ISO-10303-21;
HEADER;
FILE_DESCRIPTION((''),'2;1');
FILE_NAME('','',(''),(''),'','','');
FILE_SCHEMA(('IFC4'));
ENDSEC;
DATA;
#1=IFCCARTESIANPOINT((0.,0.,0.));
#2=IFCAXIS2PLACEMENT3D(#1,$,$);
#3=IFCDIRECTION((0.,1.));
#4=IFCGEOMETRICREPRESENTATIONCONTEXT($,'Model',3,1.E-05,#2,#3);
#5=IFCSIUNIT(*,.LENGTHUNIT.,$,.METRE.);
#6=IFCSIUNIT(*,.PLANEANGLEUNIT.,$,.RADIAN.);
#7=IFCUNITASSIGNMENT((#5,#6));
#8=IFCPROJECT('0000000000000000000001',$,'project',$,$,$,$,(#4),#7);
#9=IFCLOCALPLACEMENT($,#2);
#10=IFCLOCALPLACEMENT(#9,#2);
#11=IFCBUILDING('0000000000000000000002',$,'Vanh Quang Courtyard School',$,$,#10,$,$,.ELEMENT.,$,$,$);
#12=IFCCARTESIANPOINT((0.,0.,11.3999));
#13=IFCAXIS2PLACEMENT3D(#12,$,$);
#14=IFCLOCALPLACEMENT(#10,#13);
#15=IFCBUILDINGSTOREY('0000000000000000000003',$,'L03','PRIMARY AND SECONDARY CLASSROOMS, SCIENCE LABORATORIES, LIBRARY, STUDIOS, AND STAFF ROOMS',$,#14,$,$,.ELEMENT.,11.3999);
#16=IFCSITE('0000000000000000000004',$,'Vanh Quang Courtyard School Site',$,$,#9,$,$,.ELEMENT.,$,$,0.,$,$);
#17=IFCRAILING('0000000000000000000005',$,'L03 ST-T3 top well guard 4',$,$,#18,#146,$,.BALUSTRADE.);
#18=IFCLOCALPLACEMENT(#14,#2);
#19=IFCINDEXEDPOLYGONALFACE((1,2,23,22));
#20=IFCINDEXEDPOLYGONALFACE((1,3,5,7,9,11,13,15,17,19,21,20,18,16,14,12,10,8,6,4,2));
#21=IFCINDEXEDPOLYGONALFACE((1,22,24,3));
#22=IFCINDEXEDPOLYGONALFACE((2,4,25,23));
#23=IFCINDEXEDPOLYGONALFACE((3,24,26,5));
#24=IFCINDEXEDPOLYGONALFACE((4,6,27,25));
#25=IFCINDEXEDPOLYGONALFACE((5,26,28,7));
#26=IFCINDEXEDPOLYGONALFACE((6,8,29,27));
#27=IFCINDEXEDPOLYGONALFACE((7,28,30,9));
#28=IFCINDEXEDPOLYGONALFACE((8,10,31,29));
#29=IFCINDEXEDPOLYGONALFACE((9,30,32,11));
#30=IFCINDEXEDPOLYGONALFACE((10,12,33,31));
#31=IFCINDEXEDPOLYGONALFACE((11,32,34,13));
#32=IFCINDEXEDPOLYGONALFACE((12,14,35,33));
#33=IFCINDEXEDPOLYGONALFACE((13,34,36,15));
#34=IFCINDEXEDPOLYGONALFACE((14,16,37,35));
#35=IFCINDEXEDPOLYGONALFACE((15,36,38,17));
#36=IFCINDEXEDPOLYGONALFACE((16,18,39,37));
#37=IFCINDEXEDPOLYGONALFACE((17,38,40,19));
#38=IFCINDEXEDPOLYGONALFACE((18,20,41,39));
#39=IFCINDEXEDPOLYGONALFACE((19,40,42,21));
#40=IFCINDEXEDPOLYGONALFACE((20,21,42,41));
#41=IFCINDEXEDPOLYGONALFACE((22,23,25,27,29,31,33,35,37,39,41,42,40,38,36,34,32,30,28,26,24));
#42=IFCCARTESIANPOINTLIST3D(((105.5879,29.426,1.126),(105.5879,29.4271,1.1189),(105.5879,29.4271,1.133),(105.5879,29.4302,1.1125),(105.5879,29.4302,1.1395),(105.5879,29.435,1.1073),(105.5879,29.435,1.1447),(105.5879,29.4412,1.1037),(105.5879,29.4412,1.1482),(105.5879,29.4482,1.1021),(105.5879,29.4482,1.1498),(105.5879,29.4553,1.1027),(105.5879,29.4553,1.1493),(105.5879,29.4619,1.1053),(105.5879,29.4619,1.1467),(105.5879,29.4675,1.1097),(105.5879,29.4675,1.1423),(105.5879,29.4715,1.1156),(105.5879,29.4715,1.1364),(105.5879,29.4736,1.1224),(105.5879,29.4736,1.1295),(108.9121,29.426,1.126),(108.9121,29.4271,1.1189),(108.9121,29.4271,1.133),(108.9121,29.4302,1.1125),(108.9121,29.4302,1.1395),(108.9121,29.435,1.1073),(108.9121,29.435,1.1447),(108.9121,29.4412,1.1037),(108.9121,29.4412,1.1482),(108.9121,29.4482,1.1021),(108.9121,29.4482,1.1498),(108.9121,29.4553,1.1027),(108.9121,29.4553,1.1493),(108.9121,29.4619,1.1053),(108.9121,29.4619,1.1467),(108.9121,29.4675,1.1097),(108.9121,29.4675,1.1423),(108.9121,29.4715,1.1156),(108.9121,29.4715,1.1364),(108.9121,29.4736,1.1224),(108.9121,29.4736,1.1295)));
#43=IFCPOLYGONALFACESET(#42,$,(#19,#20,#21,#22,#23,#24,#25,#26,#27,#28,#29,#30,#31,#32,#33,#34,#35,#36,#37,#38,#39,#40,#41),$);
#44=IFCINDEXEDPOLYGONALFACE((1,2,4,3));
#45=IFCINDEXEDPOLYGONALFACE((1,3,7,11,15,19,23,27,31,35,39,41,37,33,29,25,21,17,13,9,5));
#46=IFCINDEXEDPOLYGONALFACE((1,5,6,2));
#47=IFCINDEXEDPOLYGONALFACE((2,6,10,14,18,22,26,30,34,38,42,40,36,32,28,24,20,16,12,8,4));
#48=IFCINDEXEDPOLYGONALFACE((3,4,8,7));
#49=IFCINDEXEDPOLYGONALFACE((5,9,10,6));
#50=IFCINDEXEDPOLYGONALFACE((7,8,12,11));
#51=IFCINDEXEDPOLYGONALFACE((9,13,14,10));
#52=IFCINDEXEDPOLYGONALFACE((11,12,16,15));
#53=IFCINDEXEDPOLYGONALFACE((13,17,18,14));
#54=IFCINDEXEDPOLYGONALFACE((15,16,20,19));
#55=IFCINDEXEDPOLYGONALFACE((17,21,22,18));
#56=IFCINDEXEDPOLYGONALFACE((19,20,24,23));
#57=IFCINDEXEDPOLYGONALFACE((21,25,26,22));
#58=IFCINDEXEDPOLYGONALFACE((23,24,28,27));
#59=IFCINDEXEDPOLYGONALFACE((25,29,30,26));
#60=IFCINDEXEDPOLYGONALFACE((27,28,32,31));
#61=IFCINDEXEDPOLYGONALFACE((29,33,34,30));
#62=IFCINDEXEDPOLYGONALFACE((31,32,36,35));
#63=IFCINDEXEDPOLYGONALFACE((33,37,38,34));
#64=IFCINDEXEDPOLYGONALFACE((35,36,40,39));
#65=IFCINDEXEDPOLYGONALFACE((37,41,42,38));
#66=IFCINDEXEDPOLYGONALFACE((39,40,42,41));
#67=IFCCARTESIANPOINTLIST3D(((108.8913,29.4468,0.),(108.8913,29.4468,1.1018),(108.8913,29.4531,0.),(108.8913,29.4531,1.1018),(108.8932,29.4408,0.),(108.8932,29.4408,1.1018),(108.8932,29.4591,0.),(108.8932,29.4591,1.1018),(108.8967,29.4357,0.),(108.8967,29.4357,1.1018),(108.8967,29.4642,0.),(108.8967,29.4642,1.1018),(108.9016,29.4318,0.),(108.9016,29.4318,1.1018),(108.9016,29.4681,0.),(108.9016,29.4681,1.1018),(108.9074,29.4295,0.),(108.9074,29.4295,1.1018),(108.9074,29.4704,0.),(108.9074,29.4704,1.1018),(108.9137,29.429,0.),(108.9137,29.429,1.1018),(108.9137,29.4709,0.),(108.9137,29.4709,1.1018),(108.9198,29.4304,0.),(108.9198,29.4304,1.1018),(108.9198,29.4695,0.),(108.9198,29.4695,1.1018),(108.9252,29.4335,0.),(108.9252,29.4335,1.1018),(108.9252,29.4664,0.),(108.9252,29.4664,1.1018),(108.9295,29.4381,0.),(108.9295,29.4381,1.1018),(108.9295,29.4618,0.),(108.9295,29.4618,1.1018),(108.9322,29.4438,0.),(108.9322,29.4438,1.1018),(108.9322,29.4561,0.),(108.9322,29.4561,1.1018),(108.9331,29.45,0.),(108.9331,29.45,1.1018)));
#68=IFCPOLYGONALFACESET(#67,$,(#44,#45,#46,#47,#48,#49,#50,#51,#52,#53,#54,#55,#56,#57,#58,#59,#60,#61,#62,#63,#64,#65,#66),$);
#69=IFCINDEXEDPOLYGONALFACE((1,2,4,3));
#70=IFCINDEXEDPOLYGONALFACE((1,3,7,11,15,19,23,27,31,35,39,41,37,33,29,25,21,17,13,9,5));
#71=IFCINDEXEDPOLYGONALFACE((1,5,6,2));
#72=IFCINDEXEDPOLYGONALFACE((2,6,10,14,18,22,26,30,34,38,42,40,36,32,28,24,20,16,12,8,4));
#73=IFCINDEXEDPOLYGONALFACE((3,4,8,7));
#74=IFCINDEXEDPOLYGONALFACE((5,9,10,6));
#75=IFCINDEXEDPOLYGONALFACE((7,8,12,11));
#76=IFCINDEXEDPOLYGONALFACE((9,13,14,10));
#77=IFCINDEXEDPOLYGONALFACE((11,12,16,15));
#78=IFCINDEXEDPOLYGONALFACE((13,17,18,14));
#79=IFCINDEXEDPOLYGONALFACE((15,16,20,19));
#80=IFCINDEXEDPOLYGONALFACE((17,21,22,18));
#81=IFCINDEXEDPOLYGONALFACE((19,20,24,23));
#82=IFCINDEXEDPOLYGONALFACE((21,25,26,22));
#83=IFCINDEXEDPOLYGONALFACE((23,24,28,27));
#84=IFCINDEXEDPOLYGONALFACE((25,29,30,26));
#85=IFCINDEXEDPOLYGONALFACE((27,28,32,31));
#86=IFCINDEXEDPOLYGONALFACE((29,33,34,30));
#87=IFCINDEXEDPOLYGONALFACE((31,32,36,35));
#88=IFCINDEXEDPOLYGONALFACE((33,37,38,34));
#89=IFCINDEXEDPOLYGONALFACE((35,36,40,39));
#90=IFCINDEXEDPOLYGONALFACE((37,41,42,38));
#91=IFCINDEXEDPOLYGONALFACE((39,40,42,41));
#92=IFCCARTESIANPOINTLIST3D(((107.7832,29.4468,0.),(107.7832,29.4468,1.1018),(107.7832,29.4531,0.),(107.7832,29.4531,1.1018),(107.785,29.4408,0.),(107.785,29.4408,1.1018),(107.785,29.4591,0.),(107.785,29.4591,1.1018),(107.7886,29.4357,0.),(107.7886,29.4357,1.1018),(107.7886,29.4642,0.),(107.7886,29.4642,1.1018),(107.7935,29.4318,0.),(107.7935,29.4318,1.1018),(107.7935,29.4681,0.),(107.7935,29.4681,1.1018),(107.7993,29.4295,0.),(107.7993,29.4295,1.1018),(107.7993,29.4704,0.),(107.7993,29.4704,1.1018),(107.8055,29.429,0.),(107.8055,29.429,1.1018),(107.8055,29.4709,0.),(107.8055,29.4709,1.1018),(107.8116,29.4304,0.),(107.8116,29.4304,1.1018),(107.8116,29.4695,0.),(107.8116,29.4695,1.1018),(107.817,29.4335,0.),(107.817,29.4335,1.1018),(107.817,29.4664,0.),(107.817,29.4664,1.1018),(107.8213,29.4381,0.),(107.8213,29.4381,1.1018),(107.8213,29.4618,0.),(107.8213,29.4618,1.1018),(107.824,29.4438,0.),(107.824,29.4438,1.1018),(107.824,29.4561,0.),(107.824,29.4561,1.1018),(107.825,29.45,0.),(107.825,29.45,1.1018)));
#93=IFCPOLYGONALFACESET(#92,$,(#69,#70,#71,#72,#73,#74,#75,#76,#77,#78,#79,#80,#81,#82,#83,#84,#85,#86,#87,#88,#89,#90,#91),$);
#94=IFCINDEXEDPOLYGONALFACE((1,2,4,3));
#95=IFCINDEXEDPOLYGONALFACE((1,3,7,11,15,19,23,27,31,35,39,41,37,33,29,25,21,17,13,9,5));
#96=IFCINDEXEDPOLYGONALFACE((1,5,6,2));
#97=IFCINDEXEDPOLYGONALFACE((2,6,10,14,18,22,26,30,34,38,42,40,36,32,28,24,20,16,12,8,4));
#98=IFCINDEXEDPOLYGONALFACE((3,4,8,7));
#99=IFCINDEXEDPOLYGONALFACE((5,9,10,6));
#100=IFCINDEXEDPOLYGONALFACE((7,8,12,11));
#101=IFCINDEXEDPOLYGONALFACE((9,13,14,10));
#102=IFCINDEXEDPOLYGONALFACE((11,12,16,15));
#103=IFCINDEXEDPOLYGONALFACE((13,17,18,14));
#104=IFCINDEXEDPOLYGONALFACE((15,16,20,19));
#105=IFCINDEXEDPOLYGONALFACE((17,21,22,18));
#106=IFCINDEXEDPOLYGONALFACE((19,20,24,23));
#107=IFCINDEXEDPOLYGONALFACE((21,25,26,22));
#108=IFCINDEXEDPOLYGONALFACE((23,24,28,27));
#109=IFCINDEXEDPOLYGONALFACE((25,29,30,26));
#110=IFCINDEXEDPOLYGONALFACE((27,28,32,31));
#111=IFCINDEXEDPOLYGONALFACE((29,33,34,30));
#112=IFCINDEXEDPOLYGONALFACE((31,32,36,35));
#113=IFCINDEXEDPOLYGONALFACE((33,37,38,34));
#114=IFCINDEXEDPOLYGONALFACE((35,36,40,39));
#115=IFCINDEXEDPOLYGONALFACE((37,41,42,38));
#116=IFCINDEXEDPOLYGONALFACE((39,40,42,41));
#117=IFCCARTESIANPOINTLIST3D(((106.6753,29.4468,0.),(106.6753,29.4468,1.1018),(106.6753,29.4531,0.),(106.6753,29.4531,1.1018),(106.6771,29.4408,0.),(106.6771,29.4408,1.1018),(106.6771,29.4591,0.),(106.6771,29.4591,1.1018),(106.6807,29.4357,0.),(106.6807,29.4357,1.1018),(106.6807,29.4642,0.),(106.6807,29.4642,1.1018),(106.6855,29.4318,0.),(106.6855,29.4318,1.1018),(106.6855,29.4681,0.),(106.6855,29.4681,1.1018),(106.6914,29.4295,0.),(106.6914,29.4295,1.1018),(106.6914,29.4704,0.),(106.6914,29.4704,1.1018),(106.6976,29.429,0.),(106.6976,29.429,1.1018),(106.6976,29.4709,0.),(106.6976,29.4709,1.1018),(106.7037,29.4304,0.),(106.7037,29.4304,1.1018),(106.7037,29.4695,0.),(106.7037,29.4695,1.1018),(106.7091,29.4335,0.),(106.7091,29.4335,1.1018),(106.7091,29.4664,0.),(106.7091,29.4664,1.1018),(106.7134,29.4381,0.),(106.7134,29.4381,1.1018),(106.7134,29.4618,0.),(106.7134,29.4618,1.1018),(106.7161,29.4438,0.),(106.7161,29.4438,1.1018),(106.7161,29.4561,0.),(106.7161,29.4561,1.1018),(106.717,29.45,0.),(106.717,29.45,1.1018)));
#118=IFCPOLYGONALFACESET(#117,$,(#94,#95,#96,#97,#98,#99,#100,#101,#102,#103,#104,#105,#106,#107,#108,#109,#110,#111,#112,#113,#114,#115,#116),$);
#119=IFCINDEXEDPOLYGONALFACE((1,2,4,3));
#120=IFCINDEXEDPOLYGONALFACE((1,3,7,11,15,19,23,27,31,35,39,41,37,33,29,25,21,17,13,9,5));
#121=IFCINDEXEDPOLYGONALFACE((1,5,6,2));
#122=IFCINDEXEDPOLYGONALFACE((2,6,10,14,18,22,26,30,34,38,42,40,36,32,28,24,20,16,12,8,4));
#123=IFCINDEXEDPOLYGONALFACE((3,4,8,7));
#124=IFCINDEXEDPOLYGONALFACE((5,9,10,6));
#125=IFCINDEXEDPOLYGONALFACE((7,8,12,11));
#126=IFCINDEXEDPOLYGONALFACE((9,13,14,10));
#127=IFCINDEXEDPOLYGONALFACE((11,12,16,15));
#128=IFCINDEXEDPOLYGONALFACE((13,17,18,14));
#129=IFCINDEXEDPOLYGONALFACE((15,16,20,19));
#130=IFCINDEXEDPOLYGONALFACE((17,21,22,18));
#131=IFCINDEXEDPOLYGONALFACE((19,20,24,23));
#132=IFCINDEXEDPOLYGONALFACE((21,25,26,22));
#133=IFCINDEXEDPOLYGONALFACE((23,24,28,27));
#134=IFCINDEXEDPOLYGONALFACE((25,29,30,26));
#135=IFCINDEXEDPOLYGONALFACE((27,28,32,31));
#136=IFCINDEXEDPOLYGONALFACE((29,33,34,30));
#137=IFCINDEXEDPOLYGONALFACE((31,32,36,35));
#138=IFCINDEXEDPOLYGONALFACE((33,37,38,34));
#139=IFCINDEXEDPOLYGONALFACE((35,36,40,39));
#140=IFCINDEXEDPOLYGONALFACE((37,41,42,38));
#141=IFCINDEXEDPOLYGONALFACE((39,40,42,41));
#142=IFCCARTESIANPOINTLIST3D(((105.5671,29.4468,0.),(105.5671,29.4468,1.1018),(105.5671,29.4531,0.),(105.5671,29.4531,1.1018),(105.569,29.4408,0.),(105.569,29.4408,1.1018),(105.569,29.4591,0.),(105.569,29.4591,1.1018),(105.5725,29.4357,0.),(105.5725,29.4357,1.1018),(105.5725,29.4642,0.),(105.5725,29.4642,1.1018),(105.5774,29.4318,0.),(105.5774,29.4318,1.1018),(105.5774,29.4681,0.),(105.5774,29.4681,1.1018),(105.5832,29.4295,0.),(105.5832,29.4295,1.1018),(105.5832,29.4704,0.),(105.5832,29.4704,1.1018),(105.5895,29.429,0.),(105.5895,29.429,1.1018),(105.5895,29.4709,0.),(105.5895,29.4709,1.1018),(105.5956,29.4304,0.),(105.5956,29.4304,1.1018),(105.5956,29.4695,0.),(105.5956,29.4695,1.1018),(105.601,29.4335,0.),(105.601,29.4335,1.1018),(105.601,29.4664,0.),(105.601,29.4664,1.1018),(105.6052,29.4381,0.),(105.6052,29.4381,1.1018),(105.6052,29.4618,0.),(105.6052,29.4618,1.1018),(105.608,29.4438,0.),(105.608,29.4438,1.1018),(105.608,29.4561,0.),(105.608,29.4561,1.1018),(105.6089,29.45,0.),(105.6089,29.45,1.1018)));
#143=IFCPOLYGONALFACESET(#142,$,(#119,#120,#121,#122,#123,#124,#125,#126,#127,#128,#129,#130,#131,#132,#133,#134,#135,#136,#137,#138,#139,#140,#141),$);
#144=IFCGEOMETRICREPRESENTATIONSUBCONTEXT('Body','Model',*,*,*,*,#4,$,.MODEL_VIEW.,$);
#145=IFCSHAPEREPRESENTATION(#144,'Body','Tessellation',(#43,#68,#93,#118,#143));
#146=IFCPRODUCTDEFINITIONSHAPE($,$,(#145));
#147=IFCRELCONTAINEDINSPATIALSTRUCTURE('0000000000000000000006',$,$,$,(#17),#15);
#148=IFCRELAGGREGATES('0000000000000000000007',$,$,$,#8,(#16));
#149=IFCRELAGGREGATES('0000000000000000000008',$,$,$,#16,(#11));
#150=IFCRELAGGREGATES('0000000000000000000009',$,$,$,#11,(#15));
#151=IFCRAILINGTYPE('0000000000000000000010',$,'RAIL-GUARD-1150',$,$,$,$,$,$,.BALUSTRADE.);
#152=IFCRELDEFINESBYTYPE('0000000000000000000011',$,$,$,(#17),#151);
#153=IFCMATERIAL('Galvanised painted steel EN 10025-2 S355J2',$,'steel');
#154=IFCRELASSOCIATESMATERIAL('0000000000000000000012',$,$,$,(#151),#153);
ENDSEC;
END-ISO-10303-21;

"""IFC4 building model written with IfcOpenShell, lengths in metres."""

from ifc_helpers import new_model, si_unit, direction, frame, origin, origin_2d, place, context, subcontext, project, spatial, circle, extrude, material, type_object, element, save


model = new_model("IFC4")

# Units and contexts
model_context = context("Model", 3, precision=1e-05, world=origin(), true_north=direction((0.0, 1.0)))
body_context = subcontext(model_context, "Body", "Model", "MODEL_VIEW")
ifc_project = project(units=[si_unit("LENGTHUNIT", "METRE"), si_unit("PLANEANGLEUNIT", "RADIAN")], contexts=[model_context])

# Site, building, storey
site_placement = place(None, origin())
site = spatial("IfcSite", under=ifc_project, at=site_placement, Name="Vanh Quang Courtyard School Site", CompositionType="ELEMENT", RefElevation=0.0)
building_placement = place(site_placement, origin())
building = spatial("IfcBuilding", under=site, at=building_placement, Name="Vanh Quang Courtyard School", CompositionType="ELEMENT")
storey_placement = place(building_placement, frame((0.0, 0.0, 11.3999)))
storey = spatial("IfcBuildingStorey", under=building, at=storey_placement, Name="L03", Description="PRIMARY AND SECONDARY CLASSROOMS, SCIENCE LABORATORIES, LIBRARY, STUDIOS, AND STAFF ROOMS", CompositionType="ELEMENT", Elevation=11.3999)

# Railing
ifc_material_1 = material(Name="Galvanised painted steel EN 10025-2 S355J2", Category="steel")
railing_type = type_object("IfcRailingType", Name="RAIL-GUARD-1150", PredefinedType="BALUSTRADE", material=ifc_material_1)
railing_1_placement = place(storey_placement, frame((108.9121, 29.45, 0.0)))
element("IfcRailing", 1, at=railing_1_placement, inside=storey, type_object=railing_type, Name="L03 ST-T3 top well guard 4", PredefinedType="BALUSTRADE", context=body_context, shape_type="SweptSolid", body=[
    extrude(circle(Radius=0.0239, at=origin_2d()), frame((0.0, 0.0, 1.126), z_axis=(-1.0, 0.0, 0.0), x_axis=(0.0, -1.0, 0.0)), (0.0, 0.0, 1.0), 3.3242),
    extrude(circle(Radius=0.021, at=origin_2d()), origin(), (0.0, 0.0, 1.0), 1.1018),
    extrude(circle(Radius=0.021, at=origin_2d()), frame((-1.1082, 0.0, 0.0)), (0.0, 0.0, 1.0), 1.1018),
    extrude(circle(Radius=0.021, at=origin_2d()), frame((-2.2161, 0.0, 0.0)), (0.0, 0.0, 1.0), 1.1018),
    extrude(circle(Radius=0.021, at=origin_2d()), frame((-3.3242, 0.0, 0.0)), (0.0, 0.0, 1.0), 1.1018),
])

save(model, "model.ifc")
